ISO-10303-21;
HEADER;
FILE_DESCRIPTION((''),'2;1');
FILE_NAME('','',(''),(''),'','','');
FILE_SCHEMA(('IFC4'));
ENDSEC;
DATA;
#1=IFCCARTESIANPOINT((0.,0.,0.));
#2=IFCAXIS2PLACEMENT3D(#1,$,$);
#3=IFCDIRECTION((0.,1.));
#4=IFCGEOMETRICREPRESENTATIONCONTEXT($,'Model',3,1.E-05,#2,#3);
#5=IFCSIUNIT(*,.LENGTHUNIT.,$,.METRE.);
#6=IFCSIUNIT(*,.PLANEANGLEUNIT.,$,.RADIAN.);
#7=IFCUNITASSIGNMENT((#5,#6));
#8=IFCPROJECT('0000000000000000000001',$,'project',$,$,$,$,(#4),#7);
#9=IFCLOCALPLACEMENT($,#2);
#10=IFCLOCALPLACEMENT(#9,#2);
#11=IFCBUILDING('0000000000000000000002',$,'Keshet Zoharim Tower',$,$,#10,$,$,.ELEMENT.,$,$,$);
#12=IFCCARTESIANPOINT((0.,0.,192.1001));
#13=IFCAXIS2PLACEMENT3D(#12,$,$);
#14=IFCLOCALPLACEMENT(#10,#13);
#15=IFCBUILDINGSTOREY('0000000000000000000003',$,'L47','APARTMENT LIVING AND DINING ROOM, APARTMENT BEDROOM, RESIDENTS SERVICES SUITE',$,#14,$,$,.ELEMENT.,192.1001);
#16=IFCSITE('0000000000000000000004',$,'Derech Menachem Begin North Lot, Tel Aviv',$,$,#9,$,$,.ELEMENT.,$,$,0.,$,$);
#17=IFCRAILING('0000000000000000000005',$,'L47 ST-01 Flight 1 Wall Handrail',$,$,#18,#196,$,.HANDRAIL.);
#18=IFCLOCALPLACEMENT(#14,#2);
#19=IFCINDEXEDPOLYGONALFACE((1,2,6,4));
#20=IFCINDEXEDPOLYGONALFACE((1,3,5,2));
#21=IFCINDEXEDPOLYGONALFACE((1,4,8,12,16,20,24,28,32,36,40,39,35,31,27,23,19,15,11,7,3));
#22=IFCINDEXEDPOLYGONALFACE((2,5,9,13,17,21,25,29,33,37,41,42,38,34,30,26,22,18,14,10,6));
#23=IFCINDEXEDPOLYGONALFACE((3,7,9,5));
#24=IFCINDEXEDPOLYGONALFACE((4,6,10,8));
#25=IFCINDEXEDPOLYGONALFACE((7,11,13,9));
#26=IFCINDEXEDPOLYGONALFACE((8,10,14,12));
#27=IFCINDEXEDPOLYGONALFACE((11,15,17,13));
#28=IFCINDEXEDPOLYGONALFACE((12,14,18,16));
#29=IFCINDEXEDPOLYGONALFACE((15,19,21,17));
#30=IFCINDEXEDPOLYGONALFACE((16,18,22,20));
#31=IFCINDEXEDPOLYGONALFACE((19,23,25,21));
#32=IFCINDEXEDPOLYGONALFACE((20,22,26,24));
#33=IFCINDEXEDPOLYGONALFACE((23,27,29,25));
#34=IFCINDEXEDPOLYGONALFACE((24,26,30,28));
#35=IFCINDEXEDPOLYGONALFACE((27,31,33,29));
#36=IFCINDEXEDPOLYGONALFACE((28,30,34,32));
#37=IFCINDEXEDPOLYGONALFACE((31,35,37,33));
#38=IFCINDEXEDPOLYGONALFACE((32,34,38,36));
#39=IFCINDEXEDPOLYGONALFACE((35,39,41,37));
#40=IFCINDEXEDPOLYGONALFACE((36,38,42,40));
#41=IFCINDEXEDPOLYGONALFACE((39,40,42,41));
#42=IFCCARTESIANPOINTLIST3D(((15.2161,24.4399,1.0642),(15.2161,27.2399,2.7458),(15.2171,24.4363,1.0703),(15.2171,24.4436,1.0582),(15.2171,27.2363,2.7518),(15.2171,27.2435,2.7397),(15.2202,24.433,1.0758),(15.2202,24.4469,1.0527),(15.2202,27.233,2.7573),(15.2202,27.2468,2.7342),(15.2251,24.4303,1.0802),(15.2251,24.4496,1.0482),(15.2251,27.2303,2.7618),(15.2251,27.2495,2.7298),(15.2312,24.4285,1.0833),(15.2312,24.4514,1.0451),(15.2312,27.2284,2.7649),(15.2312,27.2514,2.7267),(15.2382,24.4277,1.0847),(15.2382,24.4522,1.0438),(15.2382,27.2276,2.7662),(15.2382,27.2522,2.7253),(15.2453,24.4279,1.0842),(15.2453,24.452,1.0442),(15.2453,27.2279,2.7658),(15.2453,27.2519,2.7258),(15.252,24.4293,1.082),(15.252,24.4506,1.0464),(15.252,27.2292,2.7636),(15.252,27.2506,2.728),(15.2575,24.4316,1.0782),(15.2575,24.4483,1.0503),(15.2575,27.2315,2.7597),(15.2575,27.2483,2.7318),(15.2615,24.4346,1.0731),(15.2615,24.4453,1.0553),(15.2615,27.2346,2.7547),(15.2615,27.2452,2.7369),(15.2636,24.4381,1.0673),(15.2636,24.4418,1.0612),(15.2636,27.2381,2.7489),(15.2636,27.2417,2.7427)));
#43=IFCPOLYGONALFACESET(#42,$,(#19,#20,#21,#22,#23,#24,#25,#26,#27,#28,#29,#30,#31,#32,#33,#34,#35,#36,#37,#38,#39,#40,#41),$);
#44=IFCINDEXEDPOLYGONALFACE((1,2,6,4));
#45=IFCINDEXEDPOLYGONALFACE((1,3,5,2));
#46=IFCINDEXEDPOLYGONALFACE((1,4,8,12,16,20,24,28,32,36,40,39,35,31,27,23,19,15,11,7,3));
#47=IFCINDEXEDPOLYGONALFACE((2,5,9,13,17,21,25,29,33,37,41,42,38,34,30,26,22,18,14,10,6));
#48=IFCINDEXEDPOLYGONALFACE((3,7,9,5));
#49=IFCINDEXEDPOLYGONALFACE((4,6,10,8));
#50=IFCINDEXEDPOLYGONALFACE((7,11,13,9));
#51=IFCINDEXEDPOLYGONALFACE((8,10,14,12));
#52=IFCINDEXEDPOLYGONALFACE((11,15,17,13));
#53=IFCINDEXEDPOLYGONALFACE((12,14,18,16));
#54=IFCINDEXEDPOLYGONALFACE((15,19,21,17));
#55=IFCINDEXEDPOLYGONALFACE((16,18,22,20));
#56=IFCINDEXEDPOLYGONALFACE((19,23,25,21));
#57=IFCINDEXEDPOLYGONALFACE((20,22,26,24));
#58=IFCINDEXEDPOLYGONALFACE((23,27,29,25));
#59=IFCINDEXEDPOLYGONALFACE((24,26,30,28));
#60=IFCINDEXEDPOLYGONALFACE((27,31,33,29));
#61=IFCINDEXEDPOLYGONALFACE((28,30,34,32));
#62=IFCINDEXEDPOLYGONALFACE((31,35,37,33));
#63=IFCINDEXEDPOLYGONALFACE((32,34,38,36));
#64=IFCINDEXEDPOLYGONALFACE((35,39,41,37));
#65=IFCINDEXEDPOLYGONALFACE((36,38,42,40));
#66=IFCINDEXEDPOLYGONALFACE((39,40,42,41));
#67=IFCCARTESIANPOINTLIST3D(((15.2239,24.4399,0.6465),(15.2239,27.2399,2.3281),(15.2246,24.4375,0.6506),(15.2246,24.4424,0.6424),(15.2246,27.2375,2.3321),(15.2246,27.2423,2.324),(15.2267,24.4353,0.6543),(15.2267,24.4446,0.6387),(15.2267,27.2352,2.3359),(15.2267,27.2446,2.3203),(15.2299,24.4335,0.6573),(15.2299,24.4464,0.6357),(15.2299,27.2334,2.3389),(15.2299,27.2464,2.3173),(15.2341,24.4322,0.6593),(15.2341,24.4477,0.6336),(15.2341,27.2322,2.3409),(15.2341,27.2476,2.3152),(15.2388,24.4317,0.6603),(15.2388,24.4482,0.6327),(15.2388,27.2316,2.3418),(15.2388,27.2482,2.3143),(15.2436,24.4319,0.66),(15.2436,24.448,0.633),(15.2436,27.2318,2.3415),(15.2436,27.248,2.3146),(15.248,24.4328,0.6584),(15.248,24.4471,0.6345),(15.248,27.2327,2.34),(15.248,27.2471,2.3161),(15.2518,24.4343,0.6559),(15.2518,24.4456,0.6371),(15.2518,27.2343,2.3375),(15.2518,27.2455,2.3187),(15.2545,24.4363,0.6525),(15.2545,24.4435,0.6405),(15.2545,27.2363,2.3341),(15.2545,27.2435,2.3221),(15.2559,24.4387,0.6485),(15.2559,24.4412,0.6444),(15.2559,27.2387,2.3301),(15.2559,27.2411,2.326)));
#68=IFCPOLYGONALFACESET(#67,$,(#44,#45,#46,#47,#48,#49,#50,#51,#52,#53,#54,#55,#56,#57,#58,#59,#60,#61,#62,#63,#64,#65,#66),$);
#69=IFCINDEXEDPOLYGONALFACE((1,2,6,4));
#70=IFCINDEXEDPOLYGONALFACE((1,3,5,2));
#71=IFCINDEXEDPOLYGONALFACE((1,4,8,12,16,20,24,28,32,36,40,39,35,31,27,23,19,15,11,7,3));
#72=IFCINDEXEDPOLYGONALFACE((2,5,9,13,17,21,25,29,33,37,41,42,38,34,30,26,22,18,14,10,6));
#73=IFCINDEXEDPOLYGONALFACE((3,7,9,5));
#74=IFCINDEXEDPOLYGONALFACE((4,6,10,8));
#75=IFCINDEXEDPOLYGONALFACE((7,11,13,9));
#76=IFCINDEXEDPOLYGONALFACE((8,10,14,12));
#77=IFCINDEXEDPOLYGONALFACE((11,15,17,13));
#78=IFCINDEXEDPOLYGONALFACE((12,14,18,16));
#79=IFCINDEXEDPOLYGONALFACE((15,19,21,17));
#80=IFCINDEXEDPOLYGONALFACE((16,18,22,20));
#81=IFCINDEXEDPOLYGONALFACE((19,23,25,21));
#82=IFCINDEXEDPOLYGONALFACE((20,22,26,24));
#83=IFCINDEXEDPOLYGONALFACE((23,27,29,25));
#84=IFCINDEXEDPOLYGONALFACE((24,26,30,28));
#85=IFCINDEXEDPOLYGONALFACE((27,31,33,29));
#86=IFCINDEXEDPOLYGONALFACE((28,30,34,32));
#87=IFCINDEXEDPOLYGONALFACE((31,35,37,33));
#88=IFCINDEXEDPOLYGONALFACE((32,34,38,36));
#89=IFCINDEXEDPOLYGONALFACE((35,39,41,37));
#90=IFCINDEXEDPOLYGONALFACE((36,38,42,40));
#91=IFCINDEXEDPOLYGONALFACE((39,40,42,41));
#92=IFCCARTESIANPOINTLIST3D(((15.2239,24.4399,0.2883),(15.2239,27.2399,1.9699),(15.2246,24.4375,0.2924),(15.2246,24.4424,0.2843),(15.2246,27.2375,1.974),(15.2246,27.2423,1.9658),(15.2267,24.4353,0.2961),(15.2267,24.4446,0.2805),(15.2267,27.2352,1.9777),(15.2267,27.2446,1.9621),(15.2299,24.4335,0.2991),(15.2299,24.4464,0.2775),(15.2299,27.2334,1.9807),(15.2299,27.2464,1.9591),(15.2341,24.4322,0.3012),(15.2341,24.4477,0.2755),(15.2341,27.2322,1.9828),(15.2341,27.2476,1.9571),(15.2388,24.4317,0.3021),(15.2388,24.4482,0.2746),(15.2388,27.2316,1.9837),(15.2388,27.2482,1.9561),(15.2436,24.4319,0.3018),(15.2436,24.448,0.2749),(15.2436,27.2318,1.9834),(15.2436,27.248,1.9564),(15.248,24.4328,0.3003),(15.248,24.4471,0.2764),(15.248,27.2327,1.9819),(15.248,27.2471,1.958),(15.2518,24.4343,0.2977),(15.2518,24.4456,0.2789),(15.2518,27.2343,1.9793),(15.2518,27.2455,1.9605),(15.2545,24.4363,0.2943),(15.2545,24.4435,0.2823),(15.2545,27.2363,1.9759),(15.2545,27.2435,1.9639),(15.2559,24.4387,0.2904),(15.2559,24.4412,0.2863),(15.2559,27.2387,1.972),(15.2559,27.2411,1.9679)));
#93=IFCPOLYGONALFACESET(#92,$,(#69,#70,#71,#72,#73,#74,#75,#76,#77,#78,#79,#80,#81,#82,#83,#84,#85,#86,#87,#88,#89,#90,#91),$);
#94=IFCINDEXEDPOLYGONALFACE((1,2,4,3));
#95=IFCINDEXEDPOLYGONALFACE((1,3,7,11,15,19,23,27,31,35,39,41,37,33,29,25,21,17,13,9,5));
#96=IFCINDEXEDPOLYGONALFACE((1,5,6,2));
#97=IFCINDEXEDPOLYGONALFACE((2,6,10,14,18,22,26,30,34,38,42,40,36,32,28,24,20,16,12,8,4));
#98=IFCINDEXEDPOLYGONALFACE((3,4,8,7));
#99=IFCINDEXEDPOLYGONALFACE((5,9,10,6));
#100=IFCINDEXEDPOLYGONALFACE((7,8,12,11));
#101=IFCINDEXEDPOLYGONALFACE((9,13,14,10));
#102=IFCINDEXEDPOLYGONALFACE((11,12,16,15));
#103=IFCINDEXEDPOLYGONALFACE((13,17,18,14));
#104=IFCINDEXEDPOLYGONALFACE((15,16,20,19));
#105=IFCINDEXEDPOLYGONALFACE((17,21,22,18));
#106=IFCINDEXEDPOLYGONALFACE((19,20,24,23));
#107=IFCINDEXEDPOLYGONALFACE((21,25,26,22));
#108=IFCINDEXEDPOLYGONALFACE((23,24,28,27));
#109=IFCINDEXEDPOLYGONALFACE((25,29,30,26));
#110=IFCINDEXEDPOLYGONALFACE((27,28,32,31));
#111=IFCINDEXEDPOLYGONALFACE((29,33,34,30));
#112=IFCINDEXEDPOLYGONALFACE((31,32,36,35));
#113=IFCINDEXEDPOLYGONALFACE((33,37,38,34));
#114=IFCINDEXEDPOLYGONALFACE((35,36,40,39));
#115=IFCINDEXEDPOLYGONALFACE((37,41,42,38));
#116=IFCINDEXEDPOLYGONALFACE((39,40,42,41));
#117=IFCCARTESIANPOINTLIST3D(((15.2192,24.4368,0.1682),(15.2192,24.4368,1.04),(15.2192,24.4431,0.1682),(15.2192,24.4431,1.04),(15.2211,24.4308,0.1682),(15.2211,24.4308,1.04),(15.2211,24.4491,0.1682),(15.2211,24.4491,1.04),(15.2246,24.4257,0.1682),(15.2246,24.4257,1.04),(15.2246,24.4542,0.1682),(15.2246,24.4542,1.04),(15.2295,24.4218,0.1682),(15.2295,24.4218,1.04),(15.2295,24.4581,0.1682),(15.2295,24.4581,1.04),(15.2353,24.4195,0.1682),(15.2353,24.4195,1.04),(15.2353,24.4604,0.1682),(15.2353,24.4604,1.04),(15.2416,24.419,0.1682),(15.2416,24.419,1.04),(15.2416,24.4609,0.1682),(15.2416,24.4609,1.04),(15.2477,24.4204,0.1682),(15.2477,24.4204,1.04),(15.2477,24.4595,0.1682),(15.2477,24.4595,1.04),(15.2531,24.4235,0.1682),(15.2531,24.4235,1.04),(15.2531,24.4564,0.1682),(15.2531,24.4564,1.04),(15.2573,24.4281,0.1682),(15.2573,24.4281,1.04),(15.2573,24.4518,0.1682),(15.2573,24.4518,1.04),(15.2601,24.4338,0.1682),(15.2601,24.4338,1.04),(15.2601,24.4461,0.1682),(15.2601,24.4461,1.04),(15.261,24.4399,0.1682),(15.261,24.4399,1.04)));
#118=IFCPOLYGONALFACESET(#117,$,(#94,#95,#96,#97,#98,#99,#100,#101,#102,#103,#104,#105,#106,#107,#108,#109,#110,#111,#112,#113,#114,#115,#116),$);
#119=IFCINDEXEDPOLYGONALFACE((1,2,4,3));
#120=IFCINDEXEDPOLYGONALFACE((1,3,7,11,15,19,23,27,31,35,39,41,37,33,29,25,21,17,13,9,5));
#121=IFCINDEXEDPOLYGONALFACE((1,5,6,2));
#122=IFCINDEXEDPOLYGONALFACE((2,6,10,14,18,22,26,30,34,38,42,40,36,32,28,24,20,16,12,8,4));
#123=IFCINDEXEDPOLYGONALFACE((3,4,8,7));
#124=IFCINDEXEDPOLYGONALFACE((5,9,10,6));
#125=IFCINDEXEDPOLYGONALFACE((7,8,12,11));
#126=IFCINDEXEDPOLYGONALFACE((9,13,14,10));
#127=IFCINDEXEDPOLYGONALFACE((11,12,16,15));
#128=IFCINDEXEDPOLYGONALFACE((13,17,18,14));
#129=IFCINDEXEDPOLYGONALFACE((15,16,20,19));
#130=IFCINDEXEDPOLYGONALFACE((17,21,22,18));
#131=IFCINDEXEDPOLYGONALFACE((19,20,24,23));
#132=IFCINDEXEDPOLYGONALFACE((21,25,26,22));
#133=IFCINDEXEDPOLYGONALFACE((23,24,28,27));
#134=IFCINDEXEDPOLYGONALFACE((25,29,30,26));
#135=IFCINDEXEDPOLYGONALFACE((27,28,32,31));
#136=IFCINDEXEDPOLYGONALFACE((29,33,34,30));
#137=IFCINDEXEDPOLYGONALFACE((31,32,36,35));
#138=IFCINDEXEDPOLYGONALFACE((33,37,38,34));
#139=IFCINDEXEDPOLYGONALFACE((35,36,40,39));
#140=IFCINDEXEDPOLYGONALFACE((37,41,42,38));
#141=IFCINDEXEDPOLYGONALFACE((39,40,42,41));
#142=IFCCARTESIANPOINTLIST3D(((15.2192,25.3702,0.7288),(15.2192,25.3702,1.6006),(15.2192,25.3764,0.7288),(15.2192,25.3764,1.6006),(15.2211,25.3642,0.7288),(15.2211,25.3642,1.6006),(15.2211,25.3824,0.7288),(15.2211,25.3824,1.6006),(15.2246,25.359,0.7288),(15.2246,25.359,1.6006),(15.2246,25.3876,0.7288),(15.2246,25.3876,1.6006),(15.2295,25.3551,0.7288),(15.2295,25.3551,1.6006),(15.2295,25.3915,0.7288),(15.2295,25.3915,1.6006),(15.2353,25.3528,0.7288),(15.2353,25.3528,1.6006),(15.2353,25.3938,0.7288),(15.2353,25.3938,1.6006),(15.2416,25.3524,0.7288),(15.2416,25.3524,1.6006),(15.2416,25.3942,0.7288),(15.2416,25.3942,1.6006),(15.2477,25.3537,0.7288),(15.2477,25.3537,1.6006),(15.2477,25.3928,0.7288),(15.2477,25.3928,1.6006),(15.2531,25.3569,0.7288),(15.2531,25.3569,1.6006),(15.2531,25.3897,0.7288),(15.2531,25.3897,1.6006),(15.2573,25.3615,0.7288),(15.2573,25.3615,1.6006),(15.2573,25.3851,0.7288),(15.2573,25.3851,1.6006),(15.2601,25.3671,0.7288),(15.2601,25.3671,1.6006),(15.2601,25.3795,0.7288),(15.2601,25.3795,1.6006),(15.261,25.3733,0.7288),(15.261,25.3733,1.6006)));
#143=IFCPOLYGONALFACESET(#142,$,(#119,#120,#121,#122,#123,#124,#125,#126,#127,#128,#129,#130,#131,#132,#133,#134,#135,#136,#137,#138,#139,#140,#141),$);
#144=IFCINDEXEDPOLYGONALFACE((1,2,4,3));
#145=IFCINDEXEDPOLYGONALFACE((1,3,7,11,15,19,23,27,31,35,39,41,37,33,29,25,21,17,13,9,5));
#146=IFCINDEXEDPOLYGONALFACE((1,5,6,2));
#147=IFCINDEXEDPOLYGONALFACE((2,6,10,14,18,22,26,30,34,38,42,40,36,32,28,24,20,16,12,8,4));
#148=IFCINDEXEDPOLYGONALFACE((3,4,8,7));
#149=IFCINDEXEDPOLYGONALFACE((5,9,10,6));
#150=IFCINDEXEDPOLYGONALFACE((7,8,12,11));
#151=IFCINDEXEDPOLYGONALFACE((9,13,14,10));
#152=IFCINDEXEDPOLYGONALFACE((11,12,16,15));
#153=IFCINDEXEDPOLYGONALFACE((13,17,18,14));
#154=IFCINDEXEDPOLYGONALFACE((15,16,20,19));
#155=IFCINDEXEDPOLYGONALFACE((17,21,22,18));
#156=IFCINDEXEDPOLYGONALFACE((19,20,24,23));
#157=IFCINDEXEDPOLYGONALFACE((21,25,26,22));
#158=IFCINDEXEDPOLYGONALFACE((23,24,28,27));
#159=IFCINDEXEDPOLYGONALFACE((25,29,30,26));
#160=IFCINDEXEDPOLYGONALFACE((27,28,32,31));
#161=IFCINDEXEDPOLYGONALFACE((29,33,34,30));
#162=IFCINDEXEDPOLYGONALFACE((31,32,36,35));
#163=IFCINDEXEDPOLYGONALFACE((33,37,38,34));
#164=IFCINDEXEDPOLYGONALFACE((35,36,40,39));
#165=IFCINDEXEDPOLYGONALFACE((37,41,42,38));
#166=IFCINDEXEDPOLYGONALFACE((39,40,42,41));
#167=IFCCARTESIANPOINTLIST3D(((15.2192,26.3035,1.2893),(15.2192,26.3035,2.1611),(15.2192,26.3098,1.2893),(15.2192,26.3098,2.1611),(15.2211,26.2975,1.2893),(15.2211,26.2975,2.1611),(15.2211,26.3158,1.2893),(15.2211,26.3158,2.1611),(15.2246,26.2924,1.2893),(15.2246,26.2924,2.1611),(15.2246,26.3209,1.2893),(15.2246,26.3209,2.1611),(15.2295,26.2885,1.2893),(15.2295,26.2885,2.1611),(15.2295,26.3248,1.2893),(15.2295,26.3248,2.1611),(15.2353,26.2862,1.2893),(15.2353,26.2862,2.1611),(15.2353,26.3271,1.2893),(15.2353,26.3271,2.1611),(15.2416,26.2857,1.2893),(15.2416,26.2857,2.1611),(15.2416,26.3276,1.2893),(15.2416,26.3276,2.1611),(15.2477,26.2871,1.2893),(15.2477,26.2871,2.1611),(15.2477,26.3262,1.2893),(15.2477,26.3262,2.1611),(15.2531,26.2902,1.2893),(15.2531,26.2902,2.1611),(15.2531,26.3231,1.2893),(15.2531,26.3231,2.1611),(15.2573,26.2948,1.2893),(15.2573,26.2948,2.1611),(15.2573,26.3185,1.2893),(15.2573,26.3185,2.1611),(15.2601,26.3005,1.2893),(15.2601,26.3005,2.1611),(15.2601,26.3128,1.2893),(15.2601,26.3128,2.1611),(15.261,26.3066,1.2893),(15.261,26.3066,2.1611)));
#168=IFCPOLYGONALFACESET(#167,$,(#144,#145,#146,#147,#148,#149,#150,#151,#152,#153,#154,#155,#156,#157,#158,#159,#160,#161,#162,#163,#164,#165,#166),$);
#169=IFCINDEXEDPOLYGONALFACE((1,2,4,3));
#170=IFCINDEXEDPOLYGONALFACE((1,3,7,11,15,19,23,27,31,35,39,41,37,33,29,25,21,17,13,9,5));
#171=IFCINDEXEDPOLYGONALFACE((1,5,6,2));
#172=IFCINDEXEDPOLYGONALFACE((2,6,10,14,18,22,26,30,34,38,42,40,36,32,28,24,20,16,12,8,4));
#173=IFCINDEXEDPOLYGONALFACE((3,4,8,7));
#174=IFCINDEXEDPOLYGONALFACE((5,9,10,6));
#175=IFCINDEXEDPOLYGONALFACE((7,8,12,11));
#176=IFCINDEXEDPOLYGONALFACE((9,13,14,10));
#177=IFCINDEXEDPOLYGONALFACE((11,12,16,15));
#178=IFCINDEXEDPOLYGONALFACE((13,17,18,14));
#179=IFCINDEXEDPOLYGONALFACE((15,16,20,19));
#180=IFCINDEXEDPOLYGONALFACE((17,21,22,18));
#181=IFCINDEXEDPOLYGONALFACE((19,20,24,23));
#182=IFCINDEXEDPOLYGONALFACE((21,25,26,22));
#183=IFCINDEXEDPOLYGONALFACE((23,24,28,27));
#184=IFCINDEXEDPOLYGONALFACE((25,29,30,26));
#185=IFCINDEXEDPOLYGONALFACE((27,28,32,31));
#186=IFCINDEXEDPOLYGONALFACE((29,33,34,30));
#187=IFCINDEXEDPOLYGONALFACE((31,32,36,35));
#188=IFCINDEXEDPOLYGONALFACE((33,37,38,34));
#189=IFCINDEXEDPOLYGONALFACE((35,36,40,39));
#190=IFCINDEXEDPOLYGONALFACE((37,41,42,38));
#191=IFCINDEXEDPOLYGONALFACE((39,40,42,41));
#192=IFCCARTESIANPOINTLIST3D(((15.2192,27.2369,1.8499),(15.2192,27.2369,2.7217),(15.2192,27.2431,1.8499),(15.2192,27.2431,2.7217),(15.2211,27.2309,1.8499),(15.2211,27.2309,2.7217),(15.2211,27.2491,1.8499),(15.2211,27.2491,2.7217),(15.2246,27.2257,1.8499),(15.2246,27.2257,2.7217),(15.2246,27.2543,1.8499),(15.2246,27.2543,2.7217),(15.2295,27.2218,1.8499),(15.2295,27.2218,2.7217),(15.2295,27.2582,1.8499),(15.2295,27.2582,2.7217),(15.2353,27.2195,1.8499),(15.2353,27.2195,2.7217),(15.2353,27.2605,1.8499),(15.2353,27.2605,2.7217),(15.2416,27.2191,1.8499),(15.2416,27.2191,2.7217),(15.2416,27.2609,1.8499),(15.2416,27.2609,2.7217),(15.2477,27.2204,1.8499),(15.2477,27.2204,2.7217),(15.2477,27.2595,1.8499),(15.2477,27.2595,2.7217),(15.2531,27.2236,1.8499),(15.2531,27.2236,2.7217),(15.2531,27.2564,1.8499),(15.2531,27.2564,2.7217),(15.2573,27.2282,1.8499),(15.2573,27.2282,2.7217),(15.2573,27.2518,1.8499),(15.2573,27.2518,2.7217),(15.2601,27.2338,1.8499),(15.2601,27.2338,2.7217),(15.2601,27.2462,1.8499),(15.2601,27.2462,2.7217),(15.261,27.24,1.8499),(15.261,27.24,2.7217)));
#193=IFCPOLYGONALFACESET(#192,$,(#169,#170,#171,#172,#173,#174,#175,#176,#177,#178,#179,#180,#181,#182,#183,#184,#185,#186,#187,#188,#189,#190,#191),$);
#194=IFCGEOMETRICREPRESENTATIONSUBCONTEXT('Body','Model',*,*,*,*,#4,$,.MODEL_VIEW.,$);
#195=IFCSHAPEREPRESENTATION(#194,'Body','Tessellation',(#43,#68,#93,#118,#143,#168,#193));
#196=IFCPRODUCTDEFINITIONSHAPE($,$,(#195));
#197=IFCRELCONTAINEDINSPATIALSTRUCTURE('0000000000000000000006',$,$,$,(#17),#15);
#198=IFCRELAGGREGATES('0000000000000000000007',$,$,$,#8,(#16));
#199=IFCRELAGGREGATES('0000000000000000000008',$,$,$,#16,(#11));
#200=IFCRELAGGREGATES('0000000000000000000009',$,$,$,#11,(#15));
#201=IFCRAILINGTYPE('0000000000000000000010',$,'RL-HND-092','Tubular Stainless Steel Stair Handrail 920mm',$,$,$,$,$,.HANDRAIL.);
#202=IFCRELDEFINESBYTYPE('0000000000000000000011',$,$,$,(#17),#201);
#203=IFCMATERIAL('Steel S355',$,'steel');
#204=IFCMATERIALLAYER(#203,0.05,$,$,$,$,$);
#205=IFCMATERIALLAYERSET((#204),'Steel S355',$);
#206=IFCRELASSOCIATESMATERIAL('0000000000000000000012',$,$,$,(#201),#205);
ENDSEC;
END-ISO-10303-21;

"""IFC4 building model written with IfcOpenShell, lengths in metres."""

from ifc_helpers import new_model, si_unit, direction, frame, origin, origin_2d, place, context, subcontext, project, spatial, circle, extrude, material, layer, layer_set, type_object, element, save


model = new_model("IFC4")

# Units and contexts
model_context = context("Model", 3, precision=1e-05, world=origin(), true_north=direction((0.0, 1.0)))
body_context = subcontext(model_context, "Body", "Model", "MODEL_VIEW")
ifc_project = project(units=[si_unit("LENGTHUNIT", "METRE"), si_unit("PLANEANGLEUNIT", "RADIAN")], contexts=[model_context])

# Site, building, storey
site_placement = place(None, origin())
site = spatial("IfcSite", under=ifc_project, at=site_placement, Name="Derech Menachem Begin North Lot, Tel Aviv", CompositionType="ELEMENT", RefElevation=0.0)
building_placement = place(site_placement, origin())
building = spatial("IfcBuilding", under=site, at=building_placement, Name="Keshet Zoharim Tower", CompositionType="ELEMENT")
storey_placement = place(building_placement, frame((0.0, 0.0, 192.1001)))
storey = spatial("IfcBuildingStorey", under=building, at=storey_placement, Name="L47", Description="APARTMENT LIVING AND DINING ROOM, APARTMENT BEDROOM, RESIDENTS SERVICES SUITE", CompositionType="ELEMENT", Elevation=192.1001)

# Railing
ifc_material_1 = material(Name="Steel S355", Category="steel")
ifc_layer_1 = layer(ifc_material_1, 0.05)
ifc_layer_set_1 = layer_set([ifc_layer_1], Name="Steel S355")
railing_type = type_object("IfcRailingType", Name="RL-HND-092", Description="Tubular Stainless Steel Stair Handrail 920mm", PredefinedType="HANDRAIL", material=ifc_layer_set_1)
railing_placement = place(storey_placement, frame((15.24, 24.4399, 0.1682)))
element("IfcRailing", 1, at=railing_placement, inside=storey, type_object=railing_type, Name="L47 ST-01 Flight 1 Wall Handrail", PredefinedType="HANDRAIL", context=body_context, shape_type="SweptSolid", body=[
    extrude(circle(Radius=0.0239, at=origin_2d()), frame((0.0, 0.0, 0.896), z_axis=(0.0, 0.857275, 0.514858), x_axis=(-1.0, 0.0, 0.0)), (0.0, 0.0, 1.0), 3.2661),
    extrude(circle(Radius=0.0161, at=origin_2d()), frame((0.0, 0.0, 0.4783), z_axis=(0.0, 0.857275, 0.514858), x_axis=(-1.0, 0.0, 0.0)), (0.0, 0.0, 1.0), 3.2661),
    extrude(circle(Radius=0.0161, at=origin_2d()), frame((0.0, 0.0, 0.1201), z_axis=(0.0, 0.857275, 0.514858), x_axis=(-1.0, 0.0, 0.0)), (0.0, 0.0, 1.0), 3.2661),
    extrude(circle(Radius=0.021, at=origin_2d()), origin(), (0.0, 0.0, 1.0), 0.8718),
    extrude(circle(Radius=0.021, at=origin_2d()), frame((0.0, 0.9333, 0.5605)), (0.0, 0.0, 1.0), 0.8718),
    extrude(circle(Radius=0.021, at=origin_2d()), frame((0.0, 1.8667, 1.1211)), (0.0, 0.0, 1.0), 0.8718),
    extrude(circle(Radius=0.021, at=origin_2d()), frame((0.0, 2.8, 1.6816)), (0.0, 0.0, 1.0), 0.8718),
])

save(model, "model.ifc")
